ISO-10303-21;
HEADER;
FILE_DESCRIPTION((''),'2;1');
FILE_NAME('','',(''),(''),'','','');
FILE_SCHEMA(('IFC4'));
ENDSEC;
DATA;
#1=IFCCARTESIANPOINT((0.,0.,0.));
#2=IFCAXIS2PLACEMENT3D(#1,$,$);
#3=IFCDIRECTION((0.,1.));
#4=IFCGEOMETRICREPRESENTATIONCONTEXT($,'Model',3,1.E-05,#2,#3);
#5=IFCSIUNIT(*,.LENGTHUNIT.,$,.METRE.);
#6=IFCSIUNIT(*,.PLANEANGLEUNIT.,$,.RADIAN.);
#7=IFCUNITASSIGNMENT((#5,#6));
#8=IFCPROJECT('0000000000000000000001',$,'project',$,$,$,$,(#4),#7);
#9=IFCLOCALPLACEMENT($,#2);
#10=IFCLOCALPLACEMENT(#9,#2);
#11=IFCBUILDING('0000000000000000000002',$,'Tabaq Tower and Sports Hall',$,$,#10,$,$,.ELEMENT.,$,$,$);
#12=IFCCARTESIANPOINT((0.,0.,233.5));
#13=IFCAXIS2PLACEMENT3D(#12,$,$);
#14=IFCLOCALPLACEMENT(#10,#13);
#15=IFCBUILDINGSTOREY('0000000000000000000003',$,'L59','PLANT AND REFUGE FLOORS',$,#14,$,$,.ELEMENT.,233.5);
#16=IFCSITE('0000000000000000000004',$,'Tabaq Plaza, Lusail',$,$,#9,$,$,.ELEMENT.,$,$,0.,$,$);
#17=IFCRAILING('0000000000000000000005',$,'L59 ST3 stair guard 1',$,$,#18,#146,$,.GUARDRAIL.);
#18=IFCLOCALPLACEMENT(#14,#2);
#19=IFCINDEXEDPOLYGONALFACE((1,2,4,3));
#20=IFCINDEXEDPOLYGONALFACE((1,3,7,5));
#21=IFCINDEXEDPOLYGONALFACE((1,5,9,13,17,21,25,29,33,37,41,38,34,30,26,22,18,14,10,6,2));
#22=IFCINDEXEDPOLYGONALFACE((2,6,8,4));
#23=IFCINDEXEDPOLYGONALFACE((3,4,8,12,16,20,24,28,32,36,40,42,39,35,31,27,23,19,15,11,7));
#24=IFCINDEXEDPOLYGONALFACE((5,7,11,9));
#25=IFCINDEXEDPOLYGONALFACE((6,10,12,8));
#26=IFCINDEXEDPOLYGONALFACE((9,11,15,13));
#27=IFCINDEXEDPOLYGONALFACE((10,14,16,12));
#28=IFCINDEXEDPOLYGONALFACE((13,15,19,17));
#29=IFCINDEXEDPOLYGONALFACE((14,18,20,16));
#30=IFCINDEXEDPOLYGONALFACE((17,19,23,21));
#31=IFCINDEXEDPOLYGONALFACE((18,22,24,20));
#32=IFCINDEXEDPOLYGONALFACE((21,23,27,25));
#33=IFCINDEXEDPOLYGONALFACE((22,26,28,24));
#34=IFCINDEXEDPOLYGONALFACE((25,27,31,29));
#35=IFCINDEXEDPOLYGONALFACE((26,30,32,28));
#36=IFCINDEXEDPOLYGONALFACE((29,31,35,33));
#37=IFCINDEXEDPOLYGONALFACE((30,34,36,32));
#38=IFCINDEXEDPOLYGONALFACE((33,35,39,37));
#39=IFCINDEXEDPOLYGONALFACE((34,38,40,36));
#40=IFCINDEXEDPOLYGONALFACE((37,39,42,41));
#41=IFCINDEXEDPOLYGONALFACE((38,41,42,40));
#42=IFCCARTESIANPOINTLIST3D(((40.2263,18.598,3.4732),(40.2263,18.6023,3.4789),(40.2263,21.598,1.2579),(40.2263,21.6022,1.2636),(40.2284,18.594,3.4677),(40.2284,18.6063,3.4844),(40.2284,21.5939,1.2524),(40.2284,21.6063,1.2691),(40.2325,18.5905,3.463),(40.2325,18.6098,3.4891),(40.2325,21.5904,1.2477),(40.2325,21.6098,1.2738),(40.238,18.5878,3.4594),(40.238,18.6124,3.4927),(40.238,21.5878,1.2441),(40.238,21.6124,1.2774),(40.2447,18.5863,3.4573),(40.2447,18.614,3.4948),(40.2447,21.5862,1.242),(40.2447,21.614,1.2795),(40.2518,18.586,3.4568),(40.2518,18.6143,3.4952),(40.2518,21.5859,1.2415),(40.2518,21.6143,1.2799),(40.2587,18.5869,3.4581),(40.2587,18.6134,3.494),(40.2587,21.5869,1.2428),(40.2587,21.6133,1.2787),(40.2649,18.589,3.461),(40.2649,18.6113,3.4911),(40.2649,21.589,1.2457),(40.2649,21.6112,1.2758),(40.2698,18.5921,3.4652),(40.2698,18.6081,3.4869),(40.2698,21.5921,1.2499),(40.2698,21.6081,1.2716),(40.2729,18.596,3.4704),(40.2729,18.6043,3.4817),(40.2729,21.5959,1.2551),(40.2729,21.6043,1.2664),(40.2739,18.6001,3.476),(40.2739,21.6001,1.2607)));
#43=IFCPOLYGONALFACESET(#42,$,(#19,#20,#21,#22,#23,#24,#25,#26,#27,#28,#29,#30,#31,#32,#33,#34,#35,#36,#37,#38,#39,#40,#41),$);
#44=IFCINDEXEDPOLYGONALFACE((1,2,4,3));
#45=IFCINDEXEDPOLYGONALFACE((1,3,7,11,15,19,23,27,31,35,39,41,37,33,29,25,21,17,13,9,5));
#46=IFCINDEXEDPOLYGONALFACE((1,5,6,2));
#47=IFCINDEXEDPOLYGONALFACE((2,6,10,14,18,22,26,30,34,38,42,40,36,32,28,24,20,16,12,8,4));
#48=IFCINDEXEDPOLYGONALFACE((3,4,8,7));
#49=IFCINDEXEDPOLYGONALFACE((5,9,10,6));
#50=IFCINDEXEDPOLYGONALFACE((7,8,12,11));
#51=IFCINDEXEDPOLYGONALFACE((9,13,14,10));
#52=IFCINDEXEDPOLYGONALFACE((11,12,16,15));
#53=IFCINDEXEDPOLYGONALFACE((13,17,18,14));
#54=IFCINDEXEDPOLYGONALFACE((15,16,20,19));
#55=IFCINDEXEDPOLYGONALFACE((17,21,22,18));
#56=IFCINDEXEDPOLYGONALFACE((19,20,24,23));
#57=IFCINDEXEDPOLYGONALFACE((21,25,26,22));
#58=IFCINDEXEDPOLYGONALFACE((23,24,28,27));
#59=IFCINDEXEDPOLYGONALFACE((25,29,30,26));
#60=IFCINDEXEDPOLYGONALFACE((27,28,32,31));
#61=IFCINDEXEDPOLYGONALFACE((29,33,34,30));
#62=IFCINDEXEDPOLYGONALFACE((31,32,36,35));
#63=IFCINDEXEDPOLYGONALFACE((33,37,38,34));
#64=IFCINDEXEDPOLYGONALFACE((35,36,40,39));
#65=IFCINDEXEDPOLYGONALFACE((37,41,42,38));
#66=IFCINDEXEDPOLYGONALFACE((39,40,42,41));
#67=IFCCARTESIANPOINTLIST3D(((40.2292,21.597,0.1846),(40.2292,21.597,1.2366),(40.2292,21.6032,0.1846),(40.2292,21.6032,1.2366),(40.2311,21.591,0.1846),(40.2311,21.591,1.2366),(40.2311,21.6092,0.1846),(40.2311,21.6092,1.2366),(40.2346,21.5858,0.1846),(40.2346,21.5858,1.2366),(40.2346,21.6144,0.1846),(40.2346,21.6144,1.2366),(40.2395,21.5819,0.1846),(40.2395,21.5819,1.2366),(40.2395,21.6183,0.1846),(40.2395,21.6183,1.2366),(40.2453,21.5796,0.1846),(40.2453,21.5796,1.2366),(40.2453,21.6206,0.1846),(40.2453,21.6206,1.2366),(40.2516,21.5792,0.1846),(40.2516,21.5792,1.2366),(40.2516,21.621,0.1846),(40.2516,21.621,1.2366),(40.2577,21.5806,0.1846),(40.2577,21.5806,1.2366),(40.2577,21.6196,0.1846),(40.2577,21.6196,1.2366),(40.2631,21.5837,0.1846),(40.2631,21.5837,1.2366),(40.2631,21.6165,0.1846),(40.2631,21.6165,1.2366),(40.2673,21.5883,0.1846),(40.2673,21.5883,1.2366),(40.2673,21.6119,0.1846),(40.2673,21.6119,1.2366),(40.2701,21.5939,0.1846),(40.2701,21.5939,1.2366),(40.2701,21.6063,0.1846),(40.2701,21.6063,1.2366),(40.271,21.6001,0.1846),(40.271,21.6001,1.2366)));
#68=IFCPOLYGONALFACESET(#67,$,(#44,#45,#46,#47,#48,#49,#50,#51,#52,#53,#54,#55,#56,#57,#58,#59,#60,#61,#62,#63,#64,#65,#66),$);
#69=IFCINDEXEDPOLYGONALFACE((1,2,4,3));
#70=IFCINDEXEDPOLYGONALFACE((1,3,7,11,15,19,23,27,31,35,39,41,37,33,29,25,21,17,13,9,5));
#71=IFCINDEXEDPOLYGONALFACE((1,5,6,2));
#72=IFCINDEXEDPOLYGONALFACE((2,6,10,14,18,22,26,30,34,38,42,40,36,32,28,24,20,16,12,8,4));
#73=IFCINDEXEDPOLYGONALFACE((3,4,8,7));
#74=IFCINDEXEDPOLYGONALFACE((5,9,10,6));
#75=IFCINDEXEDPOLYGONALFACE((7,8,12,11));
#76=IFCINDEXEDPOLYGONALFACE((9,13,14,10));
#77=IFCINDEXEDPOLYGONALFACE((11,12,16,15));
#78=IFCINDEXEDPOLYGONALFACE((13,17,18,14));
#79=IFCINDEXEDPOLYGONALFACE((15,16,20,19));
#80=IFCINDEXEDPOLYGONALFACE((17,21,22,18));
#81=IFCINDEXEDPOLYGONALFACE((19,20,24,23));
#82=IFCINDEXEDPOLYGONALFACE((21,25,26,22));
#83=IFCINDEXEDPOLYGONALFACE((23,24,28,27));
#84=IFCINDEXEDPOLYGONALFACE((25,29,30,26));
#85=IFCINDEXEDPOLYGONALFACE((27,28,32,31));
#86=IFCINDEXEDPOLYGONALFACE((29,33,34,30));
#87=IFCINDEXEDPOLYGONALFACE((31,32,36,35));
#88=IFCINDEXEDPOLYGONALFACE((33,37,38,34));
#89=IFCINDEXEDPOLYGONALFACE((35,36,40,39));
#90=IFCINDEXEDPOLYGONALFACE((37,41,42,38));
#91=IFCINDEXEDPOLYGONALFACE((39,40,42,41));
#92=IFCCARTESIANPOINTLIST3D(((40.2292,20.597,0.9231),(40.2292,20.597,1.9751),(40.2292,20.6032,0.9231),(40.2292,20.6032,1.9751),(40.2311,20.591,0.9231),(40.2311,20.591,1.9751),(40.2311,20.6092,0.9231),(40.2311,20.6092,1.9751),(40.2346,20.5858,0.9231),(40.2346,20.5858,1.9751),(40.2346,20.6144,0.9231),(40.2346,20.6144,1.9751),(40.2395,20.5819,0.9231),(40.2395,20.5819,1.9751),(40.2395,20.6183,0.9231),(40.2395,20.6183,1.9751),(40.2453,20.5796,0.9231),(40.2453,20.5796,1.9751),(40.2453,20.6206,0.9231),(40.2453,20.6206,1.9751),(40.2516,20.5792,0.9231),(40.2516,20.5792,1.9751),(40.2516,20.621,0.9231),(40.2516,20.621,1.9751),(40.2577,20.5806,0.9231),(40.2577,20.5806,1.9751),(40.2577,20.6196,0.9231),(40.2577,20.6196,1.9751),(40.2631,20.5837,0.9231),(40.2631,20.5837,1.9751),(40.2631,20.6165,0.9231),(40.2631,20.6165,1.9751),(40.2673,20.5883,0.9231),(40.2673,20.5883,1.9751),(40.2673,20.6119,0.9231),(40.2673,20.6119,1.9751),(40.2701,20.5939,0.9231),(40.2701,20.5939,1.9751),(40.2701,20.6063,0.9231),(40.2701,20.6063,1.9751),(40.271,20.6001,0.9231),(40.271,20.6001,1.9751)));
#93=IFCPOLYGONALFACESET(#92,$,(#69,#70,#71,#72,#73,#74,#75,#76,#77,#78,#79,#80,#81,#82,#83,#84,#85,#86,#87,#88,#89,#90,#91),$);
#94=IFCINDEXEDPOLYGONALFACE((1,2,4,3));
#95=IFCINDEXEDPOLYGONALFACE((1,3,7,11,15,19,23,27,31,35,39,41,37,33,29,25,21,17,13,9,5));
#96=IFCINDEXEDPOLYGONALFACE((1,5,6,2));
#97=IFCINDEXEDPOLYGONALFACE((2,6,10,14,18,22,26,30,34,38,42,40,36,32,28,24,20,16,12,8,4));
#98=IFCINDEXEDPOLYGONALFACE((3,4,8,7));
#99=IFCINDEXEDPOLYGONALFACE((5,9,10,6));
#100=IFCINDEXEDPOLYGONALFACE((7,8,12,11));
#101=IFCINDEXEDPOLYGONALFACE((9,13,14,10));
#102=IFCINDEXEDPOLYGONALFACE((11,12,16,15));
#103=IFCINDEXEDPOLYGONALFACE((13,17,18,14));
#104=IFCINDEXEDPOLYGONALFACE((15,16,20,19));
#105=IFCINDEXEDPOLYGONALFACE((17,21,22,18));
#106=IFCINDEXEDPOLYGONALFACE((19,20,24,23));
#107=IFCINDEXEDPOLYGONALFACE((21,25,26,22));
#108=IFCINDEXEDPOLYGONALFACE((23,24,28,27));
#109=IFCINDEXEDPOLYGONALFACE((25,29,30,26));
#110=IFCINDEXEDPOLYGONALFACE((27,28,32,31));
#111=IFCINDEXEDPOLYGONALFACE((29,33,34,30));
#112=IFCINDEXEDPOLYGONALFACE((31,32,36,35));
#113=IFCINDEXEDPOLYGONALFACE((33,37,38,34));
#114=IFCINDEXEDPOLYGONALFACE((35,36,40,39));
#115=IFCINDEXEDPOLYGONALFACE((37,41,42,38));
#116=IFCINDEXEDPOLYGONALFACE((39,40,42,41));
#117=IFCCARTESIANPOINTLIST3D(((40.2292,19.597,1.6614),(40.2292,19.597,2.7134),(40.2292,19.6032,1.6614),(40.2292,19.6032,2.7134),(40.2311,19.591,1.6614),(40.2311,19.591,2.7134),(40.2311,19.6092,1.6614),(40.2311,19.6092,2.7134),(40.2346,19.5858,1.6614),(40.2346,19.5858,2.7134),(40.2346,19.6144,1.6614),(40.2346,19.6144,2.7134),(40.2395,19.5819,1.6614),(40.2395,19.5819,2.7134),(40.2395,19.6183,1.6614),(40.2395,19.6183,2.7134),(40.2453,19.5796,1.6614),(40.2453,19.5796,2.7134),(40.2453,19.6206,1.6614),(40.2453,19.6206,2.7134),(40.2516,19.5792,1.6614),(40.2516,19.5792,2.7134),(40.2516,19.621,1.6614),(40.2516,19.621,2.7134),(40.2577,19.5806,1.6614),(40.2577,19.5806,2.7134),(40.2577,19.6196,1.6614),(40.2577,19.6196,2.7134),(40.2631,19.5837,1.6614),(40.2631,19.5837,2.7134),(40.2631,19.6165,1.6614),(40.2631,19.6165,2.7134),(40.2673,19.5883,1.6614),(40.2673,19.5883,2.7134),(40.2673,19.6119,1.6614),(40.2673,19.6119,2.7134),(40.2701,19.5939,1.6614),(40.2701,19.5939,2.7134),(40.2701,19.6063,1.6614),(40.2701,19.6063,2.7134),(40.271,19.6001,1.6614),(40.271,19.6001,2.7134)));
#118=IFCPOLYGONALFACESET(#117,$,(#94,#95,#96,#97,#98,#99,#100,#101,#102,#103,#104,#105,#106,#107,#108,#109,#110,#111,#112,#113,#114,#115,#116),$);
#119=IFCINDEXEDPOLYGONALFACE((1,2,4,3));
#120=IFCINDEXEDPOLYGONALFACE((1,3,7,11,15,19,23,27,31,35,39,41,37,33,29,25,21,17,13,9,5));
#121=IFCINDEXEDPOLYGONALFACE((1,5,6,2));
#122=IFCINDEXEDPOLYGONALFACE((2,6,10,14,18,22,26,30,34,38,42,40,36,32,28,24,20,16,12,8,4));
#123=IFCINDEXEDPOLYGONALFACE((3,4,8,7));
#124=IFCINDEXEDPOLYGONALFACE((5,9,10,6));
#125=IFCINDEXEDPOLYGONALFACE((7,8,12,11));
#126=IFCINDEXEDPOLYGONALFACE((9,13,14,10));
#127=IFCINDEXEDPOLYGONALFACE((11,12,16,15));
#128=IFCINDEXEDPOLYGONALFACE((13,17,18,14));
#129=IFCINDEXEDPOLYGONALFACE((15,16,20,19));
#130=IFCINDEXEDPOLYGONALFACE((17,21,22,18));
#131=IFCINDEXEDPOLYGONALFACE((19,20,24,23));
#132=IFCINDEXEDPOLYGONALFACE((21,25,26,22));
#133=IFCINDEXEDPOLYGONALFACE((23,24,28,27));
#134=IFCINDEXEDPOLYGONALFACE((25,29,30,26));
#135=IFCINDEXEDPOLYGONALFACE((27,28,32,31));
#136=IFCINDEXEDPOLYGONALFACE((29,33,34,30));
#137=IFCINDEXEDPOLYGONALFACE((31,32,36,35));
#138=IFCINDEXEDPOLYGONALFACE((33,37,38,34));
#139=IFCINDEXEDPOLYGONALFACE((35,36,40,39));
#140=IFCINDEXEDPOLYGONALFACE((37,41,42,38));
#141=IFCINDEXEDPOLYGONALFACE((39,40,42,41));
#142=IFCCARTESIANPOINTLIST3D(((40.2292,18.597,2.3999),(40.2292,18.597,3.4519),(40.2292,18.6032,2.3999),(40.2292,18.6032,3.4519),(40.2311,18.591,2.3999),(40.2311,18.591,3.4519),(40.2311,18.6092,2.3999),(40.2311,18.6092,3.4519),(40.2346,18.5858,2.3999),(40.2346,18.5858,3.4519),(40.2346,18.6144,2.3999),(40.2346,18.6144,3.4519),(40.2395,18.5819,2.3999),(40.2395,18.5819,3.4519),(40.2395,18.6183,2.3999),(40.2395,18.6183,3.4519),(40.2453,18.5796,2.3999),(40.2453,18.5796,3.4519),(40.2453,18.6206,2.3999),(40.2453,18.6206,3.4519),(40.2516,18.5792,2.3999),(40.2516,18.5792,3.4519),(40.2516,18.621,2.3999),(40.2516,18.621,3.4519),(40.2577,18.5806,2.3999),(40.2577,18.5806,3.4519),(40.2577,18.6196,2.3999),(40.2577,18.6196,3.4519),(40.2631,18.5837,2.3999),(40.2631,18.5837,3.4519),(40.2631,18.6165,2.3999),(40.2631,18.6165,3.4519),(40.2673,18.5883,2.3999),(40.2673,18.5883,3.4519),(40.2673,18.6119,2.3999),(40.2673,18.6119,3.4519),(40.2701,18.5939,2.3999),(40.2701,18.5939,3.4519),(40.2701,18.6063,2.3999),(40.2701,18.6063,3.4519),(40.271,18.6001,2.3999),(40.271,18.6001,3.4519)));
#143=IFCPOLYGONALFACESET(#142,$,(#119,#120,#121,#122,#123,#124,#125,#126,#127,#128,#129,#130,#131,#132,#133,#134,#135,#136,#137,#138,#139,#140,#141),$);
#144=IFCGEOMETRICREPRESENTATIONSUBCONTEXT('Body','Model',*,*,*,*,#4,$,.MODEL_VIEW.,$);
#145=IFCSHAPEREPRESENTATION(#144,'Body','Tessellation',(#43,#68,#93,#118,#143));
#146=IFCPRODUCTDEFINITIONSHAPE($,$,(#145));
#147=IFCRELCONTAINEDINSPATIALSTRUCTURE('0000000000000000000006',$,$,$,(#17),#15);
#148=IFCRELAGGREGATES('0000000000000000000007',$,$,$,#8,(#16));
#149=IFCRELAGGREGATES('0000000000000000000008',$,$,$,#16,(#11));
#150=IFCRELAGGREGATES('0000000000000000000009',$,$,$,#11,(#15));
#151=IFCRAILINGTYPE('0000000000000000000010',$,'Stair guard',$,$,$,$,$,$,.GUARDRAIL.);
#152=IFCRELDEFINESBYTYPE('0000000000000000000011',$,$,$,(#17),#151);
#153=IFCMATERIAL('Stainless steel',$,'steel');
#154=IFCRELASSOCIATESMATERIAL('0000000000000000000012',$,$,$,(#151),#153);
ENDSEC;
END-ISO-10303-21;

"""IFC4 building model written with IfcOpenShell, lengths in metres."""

from ifc_helpers import new_model, si_unit, direction, frame, origin, origin_2d, place, context, subcontext, project, spatial, circle, extrude, material, type_object, element, save


model = new_model("IFC4")

# Units and contexts
model_context = context("Model", 3, precision=1e-05, world=origin(), true_north=direction((0.0, 1.0)))
body_context = subcontext(model_context, "Body", "Model", "MODEL_VIEW")
ifc_project = project(units=[si_unit("LENGTHUNIT", "METRE"), si_unit("PLANEANGLEUNIT", "RADIAN")], contexts=[model_context])

# Site, building, storey
site_placement = place(None, origin())
site = spatial("IfcSite", under=ifc_project, at=site_placement, Name="Tabaq Plaza, Lusail", CompositionType="ELEMENT", RefElevation=0.0)
building_placement = place(site_placement, origin())
building = spatial("IfcBuilding", under=site, at=building_placement, Name="Tabaq Tower and Sports Hall", CompositionType="ELEMENT")
storey_placement = place(building_placement, frame((0.0, 0.0, 233.5)))
storey = spatial("IfcBuildingStorey", under=building, at=storey_placement, Name="L59", Description="PLANT AND REFUGE FLOORS", CompositionType="ELEMENT", Elevation=233.5)

# Railing
ifc_material_1 = material(Name="Stainless steel", Category="steel")
railing_type_1 = type_object("IfcRailingType", Name="Stair guard", PredefinedType="GUARDRAIL", material=ifc_material_1)
railing_1_placement = place(storey_placement, frame((40.25, 21.6001, 0.1846)))
element("IfcRailing", 1, at=railing_1_placement, inside=storey, type_object=railing_type_1, Name="L59 ST3 stair guard 1", PredefinedType="GUARDRAIL", context=body_context, shape_type="SweptSolid", body=[
    extrude(circle(Radius=0.0239, at=origin_2d()), frame((0.0, 0.0, 1.0762), z_axis=(0.0, -0.80444, 0.594034), x_axis=(1.0, 0.0, 0.0)), (0.0, 0.0, 1.0), 3.7292),
    extrude(circle(Radius=0.021, at=origin_2d()), origin(), (0.0, 0.0, 1.0), 1.052),
    extrude(circle(Radius=0.021, at=origin_2d()), frame((0.0, -1.0, 0.7385)), (0.0, 0.0, 1.0), 1.052),
    extrude(circle(Radius=0.021, at=origin_2d()), frame((0.0, -2.0, 1.4768)), (0.0, 0.0, 1.0), 1.052),
    extrude(circle(Radius=0.021, at=origin_2d()), frame((0.0, -3.0, 2.2153)), (0.0, 0.0, 1.0), 1.052),
])

save(model, "model.ifc")
